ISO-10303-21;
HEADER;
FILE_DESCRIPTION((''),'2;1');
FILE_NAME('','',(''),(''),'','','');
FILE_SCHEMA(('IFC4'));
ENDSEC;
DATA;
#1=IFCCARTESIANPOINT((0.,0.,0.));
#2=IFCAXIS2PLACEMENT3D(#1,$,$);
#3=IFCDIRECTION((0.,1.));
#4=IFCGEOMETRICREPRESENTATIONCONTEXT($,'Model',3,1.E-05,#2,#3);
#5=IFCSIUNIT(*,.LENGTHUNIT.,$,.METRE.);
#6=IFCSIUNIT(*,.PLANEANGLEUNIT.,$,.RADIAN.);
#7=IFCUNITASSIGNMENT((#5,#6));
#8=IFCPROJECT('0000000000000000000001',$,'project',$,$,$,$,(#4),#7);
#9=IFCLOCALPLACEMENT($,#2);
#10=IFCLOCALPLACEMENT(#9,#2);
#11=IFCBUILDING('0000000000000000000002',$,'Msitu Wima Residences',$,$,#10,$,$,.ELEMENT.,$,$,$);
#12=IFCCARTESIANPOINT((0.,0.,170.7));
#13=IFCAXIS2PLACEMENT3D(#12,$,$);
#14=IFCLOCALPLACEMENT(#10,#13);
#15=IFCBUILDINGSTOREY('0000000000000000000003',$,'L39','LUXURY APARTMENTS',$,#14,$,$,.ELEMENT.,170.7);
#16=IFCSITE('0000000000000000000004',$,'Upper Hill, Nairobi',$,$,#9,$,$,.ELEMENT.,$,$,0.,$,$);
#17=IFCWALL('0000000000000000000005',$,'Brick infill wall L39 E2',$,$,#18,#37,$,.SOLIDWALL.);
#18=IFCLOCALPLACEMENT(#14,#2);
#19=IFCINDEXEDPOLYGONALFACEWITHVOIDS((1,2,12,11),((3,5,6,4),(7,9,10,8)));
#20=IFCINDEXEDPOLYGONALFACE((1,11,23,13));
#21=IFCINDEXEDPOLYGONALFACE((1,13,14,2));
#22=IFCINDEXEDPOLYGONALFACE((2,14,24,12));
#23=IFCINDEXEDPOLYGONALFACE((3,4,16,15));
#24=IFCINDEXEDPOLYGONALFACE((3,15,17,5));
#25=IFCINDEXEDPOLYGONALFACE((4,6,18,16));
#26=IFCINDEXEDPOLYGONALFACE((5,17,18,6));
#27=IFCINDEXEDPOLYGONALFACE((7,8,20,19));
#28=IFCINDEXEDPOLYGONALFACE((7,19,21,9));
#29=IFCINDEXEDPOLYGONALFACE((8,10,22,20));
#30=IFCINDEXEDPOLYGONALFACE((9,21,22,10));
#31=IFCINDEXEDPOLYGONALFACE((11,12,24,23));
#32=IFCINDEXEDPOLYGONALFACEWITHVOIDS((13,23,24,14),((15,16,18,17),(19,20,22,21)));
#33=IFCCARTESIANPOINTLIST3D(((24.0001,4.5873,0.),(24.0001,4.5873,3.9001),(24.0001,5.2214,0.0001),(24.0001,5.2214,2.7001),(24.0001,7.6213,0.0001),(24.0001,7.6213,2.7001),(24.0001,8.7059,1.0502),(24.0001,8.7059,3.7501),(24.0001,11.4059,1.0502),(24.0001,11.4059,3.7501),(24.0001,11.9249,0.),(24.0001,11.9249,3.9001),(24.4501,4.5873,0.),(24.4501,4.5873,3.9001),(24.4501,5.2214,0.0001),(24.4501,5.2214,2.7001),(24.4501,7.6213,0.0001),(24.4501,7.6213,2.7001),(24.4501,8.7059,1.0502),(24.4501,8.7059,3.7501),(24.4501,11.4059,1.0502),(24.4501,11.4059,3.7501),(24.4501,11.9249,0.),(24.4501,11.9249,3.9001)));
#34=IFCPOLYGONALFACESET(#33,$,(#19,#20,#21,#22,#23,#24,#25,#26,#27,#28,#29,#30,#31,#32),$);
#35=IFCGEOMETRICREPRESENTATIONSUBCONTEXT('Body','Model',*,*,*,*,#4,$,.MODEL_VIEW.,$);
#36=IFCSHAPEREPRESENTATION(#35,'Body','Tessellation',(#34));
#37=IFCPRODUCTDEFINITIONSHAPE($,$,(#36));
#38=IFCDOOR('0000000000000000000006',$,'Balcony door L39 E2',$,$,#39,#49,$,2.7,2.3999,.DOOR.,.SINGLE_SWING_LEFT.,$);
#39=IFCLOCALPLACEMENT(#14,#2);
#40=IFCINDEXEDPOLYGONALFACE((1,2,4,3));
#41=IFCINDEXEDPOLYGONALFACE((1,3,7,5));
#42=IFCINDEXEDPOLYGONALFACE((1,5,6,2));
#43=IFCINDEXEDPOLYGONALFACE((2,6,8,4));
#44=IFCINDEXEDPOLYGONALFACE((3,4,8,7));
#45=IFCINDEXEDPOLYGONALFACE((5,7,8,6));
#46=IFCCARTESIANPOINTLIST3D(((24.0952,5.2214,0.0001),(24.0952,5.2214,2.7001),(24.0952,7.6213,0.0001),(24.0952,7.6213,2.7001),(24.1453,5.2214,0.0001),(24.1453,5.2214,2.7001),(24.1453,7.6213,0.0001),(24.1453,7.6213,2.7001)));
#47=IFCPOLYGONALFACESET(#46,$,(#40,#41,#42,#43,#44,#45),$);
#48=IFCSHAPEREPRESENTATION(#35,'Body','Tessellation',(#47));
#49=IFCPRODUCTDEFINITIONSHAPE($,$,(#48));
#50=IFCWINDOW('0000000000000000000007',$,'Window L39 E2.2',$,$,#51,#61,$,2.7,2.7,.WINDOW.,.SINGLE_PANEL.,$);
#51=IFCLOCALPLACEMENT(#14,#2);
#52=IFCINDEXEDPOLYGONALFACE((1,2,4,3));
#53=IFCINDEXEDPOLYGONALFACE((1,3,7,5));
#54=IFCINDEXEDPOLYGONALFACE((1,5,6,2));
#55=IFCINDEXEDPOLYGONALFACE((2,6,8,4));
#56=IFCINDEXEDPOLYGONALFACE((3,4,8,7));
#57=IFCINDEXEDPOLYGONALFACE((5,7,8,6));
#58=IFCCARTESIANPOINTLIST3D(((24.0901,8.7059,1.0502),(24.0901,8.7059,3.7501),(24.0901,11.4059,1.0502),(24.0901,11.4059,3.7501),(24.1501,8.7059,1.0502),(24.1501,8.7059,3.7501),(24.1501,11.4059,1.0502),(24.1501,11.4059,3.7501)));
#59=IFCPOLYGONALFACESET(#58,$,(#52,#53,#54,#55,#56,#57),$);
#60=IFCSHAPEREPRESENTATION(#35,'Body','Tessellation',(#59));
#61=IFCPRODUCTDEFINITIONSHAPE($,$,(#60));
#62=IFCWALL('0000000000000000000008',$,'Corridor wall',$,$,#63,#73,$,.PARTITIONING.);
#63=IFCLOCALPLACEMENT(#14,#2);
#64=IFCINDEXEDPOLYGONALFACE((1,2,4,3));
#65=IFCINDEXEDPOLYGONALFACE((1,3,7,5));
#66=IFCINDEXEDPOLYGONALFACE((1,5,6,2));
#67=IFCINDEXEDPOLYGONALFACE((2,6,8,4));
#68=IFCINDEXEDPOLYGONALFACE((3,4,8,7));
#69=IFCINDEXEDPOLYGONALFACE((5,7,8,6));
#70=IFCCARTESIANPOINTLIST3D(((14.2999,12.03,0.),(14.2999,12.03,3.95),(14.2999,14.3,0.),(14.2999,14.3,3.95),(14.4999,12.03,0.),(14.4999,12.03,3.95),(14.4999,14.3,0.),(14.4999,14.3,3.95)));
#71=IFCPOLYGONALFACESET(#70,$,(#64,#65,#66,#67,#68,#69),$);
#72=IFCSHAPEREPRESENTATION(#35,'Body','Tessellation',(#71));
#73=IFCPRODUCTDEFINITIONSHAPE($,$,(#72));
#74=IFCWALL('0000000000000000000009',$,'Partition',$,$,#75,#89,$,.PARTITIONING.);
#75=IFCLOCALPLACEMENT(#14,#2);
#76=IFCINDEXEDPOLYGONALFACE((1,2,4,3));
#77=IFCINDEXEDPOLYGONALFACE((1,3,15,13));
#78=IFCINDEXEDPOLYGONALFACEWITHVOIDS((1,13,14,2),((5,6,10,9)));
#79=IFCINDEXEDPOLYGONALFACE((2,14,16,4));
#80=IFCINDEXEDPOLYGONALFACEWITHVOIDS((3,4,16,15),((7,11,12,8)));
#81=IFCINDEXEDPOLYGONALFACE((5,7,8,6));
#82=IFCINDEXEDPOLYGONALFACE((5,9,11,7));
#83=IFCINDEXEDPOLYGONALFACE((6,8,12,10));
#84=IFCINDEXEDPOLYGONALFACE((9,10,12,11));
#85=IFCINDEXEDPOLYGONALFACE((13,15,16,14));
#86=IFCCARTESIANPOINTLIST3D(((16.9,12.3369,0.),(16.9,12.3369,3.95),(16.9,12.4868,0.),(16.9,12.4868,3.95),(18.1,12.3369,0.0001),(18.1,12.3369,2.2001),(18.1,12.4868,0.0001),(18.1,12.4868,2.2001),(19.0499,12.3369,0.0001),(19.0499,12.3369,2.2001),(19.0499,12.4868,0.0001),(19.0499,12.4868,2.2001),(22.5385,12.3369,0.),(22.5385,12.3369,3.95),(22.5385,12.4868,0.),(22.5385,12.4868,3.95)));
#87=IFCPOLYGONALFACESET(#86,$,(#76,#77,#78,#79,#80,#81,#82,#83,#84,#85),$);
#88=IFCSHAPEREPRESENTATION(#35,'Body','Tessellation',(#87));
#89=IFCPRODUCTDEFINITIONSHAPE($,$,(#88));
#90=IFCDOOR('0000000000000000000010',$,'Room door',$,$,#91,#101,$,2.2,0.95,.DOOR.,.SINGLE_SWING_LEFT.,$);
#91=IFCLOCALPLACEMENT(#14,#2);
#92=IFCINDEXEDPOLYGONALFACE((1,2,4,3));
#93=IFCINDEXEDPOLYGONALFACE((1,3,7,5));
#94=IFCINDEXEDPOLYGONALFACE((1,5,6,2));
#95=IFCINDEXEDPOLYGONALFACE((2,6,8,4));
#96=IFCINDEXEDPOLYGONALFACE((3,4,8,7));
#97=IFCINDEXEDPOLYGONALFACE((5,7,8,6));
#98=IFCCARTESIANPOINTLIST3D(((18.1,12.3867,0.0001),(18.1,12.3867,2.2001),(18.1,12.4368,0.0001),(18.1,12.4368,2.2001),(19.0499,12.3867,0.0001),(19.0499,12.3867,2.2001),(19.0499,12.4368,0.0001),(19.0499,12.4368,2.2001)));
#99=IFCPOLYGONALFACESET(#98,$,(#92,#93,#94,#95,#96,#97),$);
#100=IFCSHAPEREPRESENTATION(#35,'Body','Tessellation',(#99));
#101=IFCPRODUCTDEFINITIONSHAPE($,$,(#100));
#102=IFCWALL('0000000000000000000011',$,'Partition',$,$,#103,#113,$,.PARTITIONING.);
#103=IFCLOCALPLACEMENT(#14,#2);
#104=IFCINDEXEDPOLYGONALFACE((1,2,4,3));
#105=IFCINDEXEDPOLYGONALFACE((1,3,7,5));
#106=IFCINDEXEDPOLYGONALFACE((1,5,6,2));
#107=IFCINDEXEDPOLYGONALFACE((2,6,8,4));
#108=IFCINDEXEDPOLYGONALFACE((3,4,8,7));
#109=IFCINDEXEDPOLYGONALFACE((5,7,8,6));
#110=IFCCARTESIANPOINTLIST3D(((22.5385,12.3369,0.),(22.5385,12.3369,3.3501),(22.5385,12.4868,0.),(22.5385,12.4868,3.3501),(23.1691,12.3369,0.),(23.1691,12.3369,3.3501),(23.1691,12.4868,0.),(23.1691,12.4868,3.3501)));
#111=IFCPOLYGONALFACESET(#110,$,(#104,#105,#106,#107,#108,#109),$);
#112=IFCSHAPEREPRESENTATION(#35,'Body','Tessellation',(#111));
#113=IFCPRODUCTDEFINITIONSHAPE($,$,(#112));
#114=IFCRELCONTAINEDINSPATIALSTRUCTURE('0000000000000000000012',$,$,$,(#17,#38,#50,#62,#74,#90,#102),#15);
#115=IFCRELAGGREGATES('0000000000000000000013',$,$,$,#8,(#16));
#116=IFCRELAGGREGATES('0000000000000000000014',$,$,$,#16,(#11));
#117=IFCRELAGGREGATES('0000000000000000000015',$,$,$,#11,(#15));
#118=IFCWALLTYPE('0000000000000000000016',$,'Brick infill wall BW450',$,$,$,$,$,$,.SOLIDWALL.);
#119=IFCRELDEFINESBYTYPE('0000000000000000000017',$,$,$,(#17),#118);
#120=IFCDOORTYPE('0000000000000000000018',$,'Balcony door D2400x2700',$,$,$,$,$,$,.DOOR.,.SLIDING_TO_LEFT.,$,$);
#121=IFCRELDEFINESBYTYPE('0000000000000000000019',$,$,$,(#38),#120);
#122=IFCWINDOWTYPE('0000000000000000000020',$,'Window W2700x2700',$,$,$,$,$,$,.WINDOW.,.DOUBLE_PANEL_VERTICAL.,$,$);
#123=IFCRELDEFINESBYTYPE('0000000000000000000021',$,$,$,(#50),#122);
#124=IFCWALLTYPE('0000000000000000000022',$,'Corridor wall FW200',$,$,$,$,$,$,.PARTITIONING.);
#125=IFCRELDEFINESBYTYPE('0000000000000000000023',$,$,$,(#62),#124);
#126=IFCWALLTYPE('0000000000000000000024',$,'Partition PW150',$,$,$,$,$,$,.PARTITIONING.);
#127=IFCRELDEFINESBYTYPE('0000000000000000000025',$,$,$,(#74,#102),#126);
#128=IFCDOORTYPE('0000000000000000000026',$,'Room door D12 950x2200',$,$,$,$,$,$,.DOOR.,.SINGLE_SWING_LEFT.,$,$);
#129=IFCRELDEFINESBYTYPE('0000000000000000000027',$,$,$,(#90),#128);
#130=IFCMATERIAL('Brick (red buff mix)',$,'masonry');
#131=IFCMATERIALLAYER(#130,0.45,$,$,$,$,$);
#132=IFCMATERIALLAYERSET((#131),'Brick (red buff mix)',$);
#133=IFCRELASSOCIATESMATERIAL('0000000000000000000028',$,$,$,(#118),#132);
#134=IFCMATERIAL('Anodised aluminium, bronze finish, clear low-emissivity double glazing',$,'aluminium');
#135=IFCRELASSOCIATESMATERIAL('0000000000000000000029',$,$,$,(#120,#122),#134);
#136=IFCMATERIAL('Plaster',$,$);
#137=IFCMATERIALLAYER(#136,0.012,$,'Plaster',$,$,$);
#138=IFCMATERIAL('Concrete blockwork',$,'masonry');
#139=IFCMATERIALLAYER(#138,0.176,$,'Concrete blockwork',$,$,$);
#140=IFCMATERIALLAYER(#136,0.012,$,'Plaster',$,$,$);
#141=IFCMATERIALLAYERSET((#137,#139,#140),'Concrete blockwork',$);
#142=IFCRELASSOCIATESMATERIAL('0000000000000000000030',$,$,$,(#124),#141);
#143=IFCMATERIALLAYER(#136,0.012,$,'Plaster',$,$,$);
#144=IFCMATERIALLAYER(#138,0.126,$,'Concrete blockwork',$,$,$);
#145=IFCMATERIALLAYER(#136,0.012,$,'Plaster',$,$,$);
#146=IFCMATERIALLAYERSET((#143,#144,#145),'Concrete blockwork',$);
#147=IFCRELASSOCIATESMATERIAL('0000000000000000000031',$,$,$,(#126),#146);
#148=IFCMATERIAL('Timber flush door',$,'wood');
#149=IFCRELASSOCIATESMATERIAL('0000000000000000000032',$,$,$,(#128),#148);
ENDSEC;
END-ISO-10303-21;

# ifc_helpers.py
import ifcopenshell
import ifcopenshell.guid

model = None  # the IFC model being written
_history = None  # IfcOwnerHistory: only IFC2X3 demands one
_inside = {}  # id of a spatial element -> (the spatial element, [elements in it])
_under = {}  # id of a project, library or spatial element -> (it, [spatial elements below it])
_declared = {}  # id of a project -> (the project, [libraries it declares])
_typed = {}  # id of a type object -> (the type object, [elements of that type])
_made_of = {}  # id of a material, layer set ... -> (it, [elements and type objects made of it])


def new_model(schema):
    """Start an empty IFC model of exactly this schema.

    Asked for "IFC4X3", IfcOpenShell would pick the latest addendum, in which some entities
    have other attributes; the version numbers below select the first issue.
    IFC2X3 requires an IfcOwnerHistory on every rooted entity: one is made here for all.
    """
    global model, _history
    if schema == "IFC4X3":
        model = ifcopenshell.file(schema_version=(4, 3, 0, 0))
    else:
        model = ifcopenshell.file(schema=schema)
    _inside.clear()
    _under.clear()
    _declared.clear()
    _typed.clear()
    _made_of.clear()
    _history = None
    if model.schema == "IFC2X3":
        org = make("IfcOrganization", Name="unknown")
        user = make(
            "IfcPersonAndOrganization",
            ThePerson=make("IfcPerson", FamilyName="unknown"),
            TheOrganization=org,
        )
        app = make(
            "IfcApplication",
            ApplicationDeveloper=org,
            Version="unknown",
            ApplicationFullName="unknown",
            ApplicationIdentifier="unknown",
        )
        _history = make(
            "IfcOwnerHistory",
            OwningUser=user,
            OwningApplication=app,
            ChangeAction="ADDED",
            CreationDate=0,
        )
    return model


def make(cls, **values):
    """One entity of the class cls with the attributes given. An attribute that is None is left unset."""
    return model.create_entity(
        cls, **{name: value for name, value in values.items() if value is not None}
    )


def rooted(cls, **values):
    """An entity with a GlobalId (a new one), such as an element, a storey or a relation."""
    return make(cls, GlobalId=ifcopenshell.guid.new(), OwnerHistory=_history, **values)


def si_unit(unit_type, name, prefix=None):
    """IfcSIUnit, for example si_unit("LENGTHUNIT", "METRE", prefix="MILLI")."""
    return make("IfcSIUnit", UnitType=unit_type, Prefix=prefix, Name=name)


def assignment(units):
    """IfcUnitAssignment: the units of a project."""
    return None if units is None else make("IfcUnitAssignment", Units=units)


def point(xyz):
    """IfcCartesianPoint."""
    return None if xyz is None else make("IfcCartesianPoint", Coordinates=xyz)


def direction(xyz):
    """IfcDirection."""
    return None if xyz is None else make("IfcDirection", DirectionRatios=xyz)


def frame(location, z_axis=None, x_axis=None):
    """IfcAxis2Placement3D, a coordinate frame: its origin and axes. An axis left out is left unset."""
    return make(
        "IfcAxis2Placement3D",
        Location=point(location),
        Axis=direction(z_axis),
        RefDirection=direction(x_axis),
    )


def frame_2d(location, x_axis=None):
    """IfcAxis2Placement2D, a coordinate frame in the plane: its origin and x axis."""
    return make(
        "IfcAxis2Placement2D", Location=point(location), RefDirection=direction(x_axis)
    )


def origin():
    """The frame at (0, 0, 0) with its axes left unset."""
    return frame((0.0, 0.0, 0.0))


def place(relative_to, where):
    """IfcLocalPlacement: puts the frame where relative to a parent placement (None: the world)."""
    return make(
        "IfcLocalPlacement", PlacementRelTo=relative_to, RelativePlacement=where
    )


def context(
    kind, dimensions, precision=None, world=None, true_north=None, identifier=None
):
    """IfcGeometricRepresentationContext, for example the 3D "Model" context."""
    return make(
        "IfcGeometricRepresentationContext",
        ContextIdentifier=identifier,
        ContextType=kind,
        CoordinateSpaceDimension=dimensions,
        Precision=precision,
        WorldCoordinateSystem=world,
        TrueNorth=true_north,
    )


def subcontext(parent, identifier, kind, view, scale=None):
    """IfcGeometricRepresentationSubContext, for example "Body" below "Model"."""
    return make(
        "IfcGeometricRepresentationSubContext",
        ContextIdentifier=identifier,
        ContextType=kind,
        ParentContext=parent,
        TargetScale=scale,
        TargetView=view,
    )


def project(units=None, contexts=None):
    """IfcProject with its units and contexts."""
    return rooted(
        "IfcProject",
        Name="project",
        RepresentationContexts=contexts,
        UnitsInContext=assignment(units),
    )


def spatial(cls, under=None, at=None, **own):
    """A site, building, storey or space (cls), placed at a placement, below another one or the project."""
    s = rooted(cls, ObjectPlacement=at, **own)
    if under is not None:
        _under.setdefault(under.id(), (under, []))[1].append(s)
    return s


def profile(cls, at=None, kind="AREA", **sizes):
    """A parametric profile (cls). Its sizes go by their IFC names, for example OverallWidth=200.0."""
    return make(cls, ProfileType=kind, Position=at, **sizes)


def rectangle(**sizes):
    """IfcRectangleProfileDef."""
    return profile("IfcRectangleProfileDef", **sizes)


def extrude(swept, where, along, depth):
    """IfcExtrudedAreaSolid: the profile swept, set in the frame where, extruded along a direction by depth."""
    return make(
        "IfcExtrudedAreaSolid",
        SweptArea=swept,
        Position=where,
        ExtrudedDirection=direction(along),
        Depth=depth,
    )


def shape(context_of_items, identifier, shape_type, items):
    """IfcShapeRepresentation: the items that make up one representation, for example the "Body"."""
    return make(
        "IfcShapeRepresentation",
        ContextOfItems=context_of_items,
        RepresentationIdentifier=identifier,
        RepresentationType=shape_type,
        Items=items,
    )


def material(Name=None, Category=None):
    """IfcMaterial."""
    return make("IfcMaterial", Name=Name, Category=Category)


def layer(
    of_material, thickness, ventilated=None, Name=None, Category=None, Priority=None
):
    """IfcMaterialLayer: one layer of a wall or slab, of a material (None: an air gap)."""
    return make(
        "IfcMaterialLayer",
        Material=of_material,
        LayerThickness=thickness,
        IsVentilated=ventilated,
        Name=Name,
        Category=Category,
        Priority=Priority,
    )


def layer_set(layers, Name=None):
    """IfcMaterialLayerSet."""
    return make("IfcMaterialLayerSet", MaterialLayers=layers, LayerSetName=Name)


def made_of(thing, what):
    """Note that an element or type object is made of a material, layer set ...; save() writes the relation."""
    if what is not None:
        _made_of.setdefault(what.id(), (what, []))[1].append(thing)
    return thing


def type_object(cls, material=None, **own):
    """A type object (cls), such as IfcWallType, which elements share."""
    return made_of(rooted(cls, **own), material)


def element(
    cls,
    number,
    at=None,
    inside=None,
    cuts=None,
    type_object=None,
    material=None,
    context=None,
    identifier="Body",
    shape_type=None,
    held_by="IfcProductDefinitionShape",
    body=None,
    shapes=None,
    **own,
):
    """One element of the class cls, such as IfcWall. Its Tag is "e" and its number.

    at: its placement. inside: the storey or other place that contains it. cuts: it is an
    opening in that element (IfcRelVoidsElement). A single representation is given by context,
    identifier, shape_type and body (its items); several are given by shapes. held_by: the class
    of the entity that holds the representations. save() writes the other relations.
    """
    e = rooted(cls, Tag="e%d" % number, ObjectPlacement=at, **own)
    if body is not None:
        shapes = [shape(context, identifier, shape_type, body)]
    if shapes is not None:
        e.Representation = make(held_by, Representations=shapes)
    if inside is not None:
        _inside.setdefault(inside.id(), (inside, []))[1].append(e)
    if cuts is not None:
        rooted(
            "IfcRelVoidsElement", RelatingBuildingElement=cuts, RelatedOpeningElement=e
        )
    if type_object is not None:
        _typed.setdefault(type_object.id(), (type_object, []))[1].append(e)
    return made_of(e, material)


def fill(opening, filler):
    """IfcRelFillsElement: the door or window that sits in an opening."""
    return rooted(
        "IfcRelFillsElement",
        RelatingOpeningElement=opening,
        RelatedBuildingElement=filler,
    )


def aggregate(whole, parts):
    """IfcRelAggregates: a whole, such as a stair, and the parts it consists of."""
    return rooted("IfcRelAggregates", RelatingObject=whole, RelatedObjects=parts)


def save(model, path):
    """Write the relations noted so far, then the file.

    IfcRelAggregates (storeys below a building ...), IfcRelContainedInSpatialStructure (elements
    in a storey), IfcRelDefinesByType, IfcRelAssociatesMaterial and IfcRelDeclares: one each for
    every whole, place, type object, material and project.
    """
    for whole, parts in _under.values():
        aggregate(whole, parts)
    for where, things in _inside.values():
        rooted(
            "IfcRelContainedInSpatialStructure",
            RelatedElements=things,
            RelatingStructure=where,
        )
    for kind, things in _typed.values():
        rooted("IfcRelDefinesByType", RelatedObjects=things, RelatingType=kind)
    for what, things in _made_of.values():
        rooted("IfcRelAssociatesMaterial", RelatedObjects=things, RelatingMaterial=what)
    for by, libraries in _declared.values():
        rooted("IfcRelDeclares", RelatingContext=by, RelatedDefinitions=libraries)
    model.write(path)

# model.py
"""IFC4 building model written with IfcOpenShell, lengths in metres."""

from ifc_helpers import new_model, si_unit, direction, frame, frame_2d, origin, place, context, subcontext, project, spatial, rectangle, extrude, material, layer, layer_set, type_object, element, fill, save


model = new_model("IFC4")

# Units and contexts
model_context = context("Model", 3, precision=1e-05, world=origin(), true_north=direction((0.0, 1.0)))
body_context = subcontext(model_context, "Body", "Model", "MODEL_VIEW")
ifc_project = project(units=[si_unit("LENGTHUNIT", "METRE"), si_unit("PLANEANGLEUNIT", "RADIAN")], contexts=[model_context])

# Site, building, storey
site_placement = place(None, origin())
site = spatial("IfcSite", under=ifc_project, at=site_placement, Name="Upper Hill, Nairobi", CompositionType="ELEMENT", RefElevation=0.0)
building_placement = place(site_placement, origin())
building = spatial("IfcBuilding", under=site, at=building_placement, Name="Msitu Wima Residences", CompositionType="ELEMENT")
storey_placement = place(building_placement, frame((0.0, 0.0, 170.7)))
storey = spatial("IfcBuildingStorey", under=building, at=storey_placement, Name="L39", Description="LUXURY APARTMENTS", CompositionType="ELEMENT", Elevation=170.7)

# Wall, openings, door, window
ifc_material_1 = material(Name="Brick (red buff mix)", Category="masonry")
ifc_layer_1 = layer(ifc_material_1, 0.45)
ifc_layer_set_1 = layer_set([ifc_layer_1], Name="Brick (red buff mix)")
wall_type_1 = type_object("IfcWallType", Name="Brick infill wall BW450", PredefinedType="SOLIDWALL", material=ifc_layer_set_1)
wall_1_placement = place(storey_placement, frame((24.2251, 4.5872, 0.0), z_axis=(0.0, 0.0, 1.0), x_axis=(0.0, 1.0, 0.0)))
wall_1 = element("IfcWall", 1, at=wall_1_placement, inside=storey, type_object=wall_type_1, Name="Brick infill wall L39 E2", PredefinedType="SOLIDWALL", context=body_context, shape_type="SweptSolid", body=[
    extrude(rectangle(XDim=7.3376, YDim=0.45, at=frame_2d((3.6689, 0.0))), origin(), (0.0, 0.0, 1.0), 3.9001),
])
opening_1_placement = place(wall_1_placement, frame((0.6343, 0.0, 0.0)))
opening_1 = element("IfcOpeningElement", 2, at=opening_1_placement, cuts=wall_1, PredefinedType="OPENING", context=body_context, shape_type="SweptSolid", body=[
    extrude(rectangle(XDim=2.3999, YDim=2.7, at=frame_2d((1.2, 1.3501))), frame((0.0, 0.2349, 0.0), z_axis=(0.0, -1.0, 0.0), x_axis=(1.0, 0.0, 0.0)), (0.0, 0.0, 1.0), 0.47),
])
opening_2_placement = place(wall_1_placement, frame((4.1187, 0.0, 1.05)))
opening_2 = element("IfcOpeningElement", 3, at=opening_2_placement, cuts=wall_1, PredefinedType="OPENING", context=body_context, shape_type="SweptSolid", body=[
    extrude(rectangle(XDim=2.7, YDim=2.7, at=frame_2d((1.3501, 1.3501))), frame((0.0, 0.2349, 0.0), z_axis=(0.0, -1.0, 0.0), x_axis=(1.0, 0.0, 0.0)), (0.0, 0.0, 1.0), 0.47),
])
ifc_material_2 = material(Name="Anodised aluminium, bronze finish, clear low-emissivity double glazing", Category="aluminium")
door_type_1 = type_object("IfcDoorType", Name="Balcony door D2400x2700", OperationType="SLIDING_TO_LEFT", PredefinedType="DOOR", material=ifc_material_2)
door_1_placement = place(opening_1_placement, origin())
door_1 = element("IfcDoor", 4, at=door_1_placement, inside=storey, type_object=door_type_1, Name="Balcony door L39 E2", OperationType="SINGLE_SWING_LEFT", OverallHeight=2.7, OverallWidth=2.3999, PredefinedType="DOOR", context=body_context, shape_type="SweptSolid", body=[
    extrude(rectangle(XDim=2.3999, YDim=2.7, at=frame_2d((1.2, 1.3501))), frame((0.0, 0.1299, 0.0), z_axis=(0.0, -1.0, 0.0), x_axis=(1.0, 0.0, 0.0)), (0.0, 0.0, 1.0), 0.05),
])
fill(opening_1, door_1)
window_type = type_object("IfcWindowType", Name="Window W2700x2700", PartitioningType="DOUBLE_PANEL_VERTICAL", PredefinedType="WINDOW", material=ifc_material_2)
window_placement = place(opening_2_placement, origin())
window = element("IfcWindow", 5, at=window_placement, inside=storey, type_object=window_type, Name="Window L39 E2.2", OverallHeight=2.7, OverallWidth=2.7, PartitioningType="SINGLE_PANEL", PredefinedType="WINDOW", context=body_context, shape_type="SweptSolid", body=[
    extrude(rectangle(XDim=2.7, YDim=2.7, at=frame_2d((1.3501, 1.3501))), frame((0.0, 0.135, 0.0), z_axis=(0.0, -1.0, 0.0), x_axis=(1.0, 0.0, 0.0)), (0.0, 0.0, 1.0), 0.0601),
])
fill(opening_2, window)

# Wall
ifc_material_3 = material(Name="Plaster")
ifc_layer_2 = layer(ifc_material_3, 0.012, Name="Plaster")
ifc_material_4 = material(Name="Concrete blockwork", Category="masonry")
ifc_layer_3 = layer(ifc_material_4, 0.176, Name="Concrete blockwork")
ifc_layer_4 = layer(ifc_material_3, 0.012, Name="Plaster")
ifc_layer_set_2 = layer_set([ifc_layer_2, ifc_layer_3, ifc_layer_4], Name="Concrete blockwork")
wall_type_2 = type_object("IfcWallType", Name="Corridor wall FW200", PredefinedType="PARTITIONING", material=ifc_layer_set_2)
wall_2_placement = place(storey_placement, frame((14.3999, 12.03, 0.0), z_axis=(0.0, 0.0, 1.0), x_axis=(0.0, 1.0, 0.0)))
element("IfcWall", 6, at=wall_2_placement, inside=storey, type_object=wall_type_2, Name="Corridor wall", PredefinedType="PARTITIONING", context=body_context, shape_type="SweptSolid", body=[
    extrude(rectangle(XDim=2.27, YDim=0.2, at=frame_2d((1.135, 0.0))), origin(), (0.0, 0.0, 1.0), 3.95),
])

# Wall, opening, door
ifc_layer_5 = layer(ifc_material_3, 0.012, Name="Plaster")
ifc_layer_6 = layer(ifc_material_4, 0.126, Name="Concrete blockwork")
ifc_layer_7 = layer(ifc_material_3, 0.012, Name="Plaster")
ifc_layer_set_3 = layer_set([ifc_layer_5, ifc_layer_6, ifc_layer_7], Name="Concrete blockwork")
wall_type_3 = type_object("IfcWallType", Name="Partition PW150", PredefinedType="PARTITIONING", material=ifc_layer_set_3)
wall_3_placement = place(storey_placement, frame((16.8999, 12.4119, 0.0), z_axis=(0.0, 0.0, 1.0), x_axis=(1.0, 0.0, 0.0)))
wall_3 = element("IfcWall", 7, at=wall_3_placement, inside=storey, type_object=wall_type_3, Name="Partition", PredefinedType="PARTITIONING", context=body_context, shape_type="SweptSolid", body=[
    extrude(rectangle(XDim=5.6384, YDim=0.1499, at=frame_2d((2.8193, 0.0))), origin(), (0.0, 0.0, 1.0), 3.95),
])
opening_3_placement = place(wall_3_placement, frame((1.2, 0.0, 0.0)))
opening_3 = element("IfcOpeningElement", 8, at=opening_3_placement, cuts=wall_3, PredefinedType="OPENING", context=body_context, shape_type="SweptSolid", body=[
    extrude(rectangle(XDim=0.95, YDim=2.2, at=frame_2d((0.4751, 1.1001))), frame((0.0, 0.085, 0.0), z_axis=(0.0, -1.0, 0.0), x_axis=(1.0, 0.0, 0.0)), (0.0, 0.0, 1.0), 0.1699),
])
ifc_material_5 = material(Name="Timber flush door", Category="wood")
door_type_2 = type_object("IfcDoorType", Name="Room door D12 950x2200", OperationType="SINGLE_SWING_LEFT", PredefinedType="DOOR", material=ifc_material_5)
door_2_placement = place(opening_3_placement, origin())
door_2 = element("IfcDoor", 9, at=door_2_placement, inside=storey, type_object=door_type_2, Name="Room door", OperationType="SINGLE_SWING_LEFT", OverallHeight=2.2, OverallWidth=0.95, PredefinedType="DOOR", context=body_context, shape_type="SweptSolid", body=[
    extrude(rectangle(XDim=0.95, YDim=2.2, at=frame_2d((0.4751, 1.1001))), frame((0.0, 0.0249, 0.0), z_axis=(0.0, -1.0, 0.0), x_axis=(1.0, 0.0, 0.0)), (0.0, 0.0, 1.0), 0.05),
])
fill(opening_3, door_2)

# Wall
wall_4_placement = place(storey_placement, frame((22.5383, 12.4119, 0.0), z_axis=(0.0, 0.0, 1.0), x_axis=(1.0, 0.0, 0.0)))
element("IfcWall", 10, at=wall_4_placement, inside=storey, type_object=wall_type_3, Name="Partition", PredefinedType="PARTITIONING", context=body_context, shape_type="SweptSolid", body=[
    extrude(rectangle(XDim=0.6306, YDim=0.1499, at=frame_2d((0.3154, 0.0))), origin(), (0.0, 0.0, 1.0), 3.3501),
])

save(model, "model.ifc")
